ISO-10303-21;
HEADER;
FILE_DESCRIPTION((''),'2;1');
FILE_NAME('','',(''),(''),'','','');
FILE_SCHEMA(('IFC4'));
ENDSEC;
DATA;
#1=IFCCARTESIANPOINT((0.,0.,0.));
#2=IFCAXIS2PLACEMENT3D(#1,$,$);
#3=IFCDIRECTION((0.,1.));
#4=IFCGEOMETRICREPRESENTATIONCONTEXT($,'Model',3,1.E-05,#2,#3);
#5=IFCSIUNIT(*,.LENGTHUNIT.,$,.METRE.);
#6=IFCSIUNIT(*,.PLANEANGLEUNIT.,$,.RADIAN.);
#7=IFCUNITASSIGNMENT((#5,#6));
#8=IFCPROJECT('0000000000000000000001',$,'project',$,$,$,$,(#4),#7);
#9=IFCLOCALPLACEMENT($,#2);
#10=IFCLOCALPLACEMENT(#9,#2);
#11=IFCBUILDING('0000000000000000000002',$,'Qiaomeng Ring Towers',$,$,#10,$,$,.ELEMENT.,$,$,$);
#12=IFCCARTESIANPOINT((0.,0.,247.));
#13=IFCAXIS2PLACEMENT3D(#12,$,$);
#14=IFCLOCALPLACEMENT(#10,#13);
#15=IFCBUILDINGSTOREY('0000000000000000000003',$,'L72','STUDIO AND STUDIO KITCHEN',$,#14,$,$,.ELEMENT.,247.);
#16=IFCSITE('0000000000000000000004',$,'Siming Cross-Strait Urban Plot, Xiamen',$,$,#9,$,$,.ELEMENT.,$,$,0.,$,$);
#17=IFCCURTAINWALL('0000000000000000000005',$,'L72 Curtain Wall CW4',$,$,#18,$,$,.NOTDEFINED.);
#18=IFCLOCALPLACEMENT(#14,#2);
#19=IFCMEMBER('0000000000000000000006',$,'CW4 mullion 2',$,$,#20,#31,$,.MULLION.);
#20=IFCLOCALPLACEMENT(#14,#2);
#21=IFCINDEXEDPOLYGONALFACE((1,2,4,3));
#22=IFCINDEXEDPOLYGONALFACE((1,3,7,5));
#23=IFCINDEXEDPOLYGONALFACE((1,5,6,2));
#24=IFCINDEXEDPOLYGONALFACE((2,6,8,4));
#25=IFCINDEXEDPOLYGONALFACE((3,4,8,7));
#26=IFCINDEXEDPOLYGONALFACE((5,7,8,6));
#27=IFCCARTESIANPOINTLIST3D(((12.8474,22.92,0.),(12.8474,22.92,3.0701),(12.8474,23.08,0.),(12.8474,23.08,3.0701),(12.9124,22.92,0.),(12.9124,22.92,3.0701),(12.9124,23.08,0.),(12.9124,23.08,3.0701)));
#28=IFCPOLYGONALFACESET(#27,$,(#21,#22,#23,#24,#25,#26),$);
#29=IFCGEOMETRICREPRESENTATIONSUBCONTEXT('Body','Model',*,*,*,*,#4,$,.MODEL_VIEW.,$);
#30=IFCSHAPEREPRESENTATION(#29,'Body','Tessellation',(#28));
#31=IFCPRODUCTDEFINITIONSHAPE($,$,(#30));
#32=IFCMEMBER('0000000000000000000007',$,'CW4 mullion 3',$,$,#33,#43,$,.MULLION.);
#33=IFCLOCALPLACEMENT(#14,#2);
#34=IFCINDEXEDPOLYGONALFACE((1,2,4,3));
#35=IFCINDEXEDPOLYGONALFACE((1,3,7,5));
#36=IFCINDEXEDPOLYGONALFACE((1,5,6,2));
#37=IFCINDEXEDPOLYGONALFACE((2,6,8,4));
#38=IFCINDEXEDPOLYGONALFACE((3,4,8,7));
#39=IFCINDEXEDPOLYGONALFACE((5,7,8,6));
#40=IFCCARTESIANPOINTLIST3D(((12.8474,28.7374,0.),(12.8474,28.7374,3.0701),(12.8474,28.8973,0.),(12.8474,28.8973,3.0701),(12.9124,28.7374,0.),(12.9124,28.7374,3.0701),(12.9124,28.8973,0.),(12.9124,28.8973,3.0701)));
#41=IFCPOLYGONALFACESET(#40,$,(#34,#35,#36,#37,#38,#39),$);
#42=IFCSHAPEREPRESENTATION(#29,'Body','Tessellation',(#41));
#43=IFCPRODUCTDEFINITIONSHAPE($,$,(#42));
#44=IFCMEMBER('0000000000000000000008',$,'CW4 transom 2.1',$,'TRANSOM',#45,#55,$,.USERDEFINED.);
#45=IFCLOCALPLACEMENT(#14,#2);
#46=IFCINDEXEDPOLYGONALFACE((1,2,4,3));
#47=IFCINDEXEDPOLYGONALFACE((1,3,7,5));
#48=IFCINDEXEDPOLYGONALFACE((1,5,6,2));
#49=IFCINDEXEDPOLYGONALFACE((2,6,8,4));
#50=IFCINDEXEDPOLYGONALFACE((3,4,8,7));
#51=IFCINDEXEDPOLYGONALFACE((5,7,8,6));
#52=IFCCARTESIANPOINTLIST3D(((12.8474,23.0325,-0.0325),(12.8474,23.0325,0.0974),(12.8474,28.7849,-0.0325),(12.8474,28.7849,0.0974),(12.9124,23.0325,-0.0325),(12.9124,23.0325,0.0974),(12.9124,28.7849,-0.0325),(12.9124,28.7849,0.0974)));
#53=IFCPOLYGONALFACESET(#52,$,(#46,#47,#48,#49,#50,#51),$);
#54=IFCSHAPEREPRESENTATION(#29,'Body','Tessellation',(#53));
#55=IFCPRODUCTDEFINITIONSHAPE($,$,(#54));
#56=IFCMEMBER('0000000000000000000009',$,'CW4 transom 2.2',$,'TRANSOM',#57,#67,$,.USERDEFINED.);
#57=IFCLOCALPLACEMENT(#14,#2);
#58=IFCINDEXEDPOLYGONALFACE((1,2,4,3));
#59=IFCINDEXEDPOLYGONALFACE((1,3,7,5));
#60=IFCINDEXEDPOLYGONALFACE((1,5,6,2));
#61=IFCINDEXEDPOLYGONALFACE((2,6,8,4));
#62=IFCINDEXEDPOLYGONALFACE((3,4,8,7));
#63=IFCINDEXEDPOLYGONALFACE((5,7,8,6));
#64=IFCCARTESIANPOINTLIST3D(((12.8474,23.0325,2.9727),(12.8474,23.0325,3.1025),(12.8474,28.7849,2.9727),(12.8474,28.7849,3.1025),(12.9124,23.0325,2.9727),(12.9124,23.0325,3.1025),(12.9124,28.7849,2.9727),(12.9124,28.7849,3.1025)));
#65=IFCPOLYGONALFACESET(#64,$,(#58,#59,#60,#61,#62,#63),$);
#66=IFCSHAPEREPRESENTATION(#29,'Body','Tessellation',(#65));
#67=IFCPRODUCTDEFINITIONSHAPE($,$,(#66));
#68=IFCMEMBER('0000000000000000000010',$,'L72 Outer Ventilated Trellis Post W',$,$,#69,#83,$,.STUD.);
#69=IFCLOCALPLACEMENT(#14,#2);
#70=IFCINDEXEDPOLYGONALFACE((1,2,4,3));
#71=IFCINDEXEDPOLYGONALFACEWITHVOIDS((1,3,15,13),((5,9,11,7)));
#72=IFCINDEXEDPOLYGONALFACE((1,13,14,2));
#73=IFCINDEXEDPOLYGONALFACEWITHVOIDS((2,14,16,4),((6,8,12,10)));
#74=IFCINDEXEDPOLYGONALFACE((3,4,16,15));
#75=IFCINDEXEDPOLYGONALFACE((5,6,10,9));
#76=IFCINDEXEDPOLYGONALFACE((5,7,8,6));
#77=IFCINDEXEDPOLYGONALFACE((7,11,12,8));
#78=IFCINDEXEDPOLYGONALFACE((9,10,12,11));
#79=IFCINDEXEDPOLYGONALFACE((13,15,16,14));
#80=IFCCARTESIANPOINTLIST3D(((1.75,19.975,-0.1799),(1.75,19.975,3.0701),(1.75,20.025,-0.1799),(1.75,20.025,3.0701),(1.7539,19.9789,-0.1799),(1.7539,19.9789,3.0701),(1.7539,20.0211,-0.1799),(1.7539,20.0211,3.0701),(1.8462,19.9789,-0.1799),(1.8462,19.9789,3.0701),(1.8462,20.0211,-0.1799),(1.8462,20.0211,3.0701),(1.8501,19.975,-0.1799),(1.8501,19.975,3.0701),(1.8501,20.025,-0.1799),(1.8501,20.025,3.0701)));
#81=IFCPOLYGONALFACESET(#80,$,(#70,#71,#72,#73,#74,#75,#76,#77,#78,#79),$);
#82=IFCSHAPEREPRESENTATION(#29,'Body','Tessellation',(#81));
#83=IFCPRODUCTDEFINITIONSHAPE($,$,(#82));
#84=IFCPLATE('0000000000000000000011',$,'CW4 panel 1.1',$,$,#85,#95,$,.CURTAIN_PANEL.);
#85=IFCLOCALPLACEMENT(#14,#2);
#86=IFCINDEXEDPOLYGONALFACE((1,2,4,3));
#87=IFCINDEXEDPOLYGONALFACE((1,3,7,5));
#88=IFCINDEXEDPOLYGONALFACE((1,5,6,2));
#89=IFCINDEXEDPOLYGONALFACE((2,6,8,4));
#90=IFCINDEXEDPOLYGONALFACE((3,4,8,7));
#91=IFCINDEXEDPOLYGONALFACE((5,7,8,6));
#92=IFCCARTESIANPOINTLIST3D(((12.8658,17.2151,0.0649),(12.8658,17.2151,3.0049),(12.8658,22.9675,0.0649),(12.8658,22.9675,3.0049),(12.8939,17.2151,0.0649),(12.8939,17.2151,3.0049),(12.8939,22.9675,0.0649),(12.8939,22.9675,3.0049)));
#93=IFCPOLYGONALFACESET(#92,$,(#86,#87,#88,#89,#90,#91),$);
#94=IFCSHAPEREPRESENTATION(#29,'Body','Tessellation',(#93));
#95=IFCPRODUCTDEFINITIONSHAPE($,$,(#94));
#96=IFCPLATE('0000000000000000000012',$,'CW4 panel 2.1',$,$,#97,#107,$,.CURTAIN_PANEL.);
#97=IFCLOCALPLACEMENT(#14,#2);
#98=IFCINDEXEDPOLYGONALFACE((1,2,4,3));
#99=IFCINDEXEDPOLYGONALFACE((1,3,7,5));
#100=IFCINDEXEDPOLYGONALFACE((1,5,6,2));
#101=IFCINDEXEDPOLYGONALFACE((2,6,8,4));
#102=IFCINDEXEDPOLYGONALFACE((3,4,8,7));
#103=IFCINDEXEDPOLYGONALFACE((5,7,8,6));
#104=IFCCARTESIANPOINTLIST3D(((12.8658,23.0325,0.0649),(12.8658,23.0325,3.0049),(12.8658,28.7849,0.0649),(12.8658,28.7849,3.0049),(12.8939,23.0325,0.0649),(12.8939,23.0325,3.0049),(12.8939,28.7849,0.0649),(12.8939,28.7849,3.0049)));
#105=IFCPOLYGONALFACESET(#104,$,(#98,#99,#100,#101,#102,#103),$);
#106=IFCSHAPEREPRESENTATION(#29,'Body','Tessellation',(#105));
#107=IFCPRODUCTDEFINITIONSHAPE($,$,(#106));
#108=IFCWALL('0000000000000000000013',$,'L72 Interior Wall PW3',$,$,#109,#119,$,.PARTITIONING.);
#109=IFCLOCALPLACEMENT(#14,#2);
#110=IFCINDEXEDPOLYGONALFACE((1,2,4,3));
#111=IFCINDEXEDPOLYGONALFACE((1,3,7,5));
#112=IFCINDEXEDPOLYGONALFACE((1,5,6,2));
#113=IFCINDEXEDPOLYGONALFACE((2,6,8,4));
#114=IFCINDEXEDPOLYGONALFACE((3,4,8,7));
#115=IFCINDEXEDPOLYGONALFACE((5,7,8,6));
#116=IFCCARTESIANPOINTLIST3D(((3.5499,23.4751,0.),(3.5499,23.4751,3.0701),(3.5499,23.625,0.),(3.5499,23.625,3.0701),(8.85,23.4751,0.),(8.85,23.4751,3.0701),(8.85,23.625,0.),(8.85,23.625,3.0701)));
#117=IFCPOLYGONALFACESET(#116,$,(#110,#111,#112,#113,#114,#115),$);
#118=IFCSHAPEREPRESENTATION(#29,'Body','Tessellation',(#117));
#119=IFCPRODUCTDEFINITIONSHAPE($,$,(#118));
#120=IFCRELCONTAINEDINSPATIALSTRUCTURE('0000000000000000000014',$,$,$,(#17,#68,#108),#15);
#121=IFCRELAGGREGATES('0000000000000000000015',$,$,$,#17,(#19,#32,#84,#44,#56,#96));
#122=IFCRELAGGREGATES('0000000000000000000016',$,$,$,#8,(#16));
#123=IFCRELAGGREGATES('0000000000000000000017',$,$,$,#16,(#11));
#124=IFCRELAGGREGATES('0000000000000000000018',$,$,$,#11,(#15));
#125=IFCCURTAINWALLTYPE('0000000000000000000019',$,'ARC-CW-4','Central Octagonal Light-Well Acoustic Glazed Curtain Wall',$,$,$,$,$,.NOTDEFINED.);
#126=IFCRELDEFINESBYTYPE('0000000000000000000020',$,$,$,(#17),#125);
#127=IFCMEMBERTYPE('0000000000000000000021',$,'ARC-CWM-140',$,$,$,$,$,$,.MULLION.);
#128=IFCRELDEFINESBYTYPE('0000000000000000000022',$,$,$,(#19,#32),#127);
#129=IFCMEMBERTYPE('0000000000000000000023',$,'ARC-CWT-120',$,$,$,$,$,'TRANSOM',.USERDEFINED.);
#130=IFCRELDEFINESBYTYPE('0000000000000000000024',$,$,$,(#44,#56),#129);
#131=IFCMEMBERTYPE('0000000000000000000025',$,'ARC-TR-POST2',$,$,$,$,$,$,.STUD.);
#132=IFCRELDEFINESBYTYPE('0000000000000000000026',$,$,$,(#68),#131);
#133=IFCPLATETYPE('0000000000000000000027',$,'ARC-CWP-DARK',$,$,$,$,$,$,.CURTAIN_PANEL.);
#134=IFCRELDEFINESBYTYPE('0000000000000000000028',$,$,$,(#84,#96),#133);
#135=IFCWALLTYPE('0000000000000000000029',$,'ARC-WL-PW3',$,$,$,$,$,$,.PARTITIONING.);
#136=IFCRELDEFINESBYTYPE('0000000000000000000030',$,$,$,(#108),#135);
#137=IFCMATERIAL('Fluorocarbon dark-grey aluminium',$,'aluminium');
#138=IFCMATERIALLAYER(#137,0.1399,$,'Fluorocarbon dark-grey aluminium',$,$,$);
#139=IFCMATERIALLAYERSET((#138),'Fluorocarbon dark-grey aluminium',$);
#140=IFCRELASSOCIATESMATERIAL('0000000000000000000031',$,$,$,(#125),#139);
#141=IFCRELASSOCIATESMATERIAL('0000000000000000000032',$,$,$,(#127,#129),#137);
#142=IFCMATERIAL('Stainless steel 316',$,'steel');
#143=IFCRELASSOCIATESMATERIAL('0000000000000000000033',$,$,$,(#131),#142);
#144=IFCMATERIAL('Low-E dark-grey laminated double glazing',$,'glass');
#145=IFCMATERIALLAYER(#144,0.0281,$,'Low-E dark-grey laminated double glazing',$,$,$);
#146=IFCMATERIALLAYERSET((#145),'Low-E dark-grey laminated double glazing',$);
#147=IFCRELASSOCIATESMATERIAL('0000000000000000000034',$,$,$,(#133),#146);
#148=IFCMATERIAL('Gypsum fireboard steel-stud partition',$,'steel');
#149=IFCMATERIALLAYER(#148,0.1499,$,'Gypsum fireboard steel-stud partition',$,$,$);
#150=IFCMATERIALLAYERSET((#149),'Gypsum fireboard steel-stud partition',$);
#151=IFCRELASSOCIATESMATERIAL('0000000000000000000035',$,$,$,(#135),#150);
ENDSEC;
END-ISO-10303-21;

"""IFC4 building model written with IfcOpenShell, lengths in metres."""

from ifc_helpers import new_model, si_unit, direction, frame, frame_2d, origin, origin_2d, place, context, subcontext, project, spatial, rectangle, hollow_rectangle, extrude, source, transform, mapped, material, layer, layer_set, material_profile, profile_set, type_object, element, aggregate, save


model = new_model("IFC4")

# Units and contexts
model_context = context("Model", 3, precision=1e-05, world=origin(), true_north=direction((0.0, 1.0)))
body_context = subcontext(model_context, "Body", "Model", "MODEL_VIEW")
ifc_project = project(units=[si_unit("LENGTHUNIT", "METRE"), si_unit("PLANEANGLEUNIT", "RADIAN")], contexts=[model_context])

# Site, building, storey
site_placement = place(None, origin())
site = spatial("IfcSite", under=ifc_project, at=site_placement, Name="Siming Cross-Strait Urban Plot, Xiamen", CompositionType="ELEMENT", RefElevation=0.0)
building_placement = place(site_placement, origin())
building = spatial("IfcBuilding", under=site, at=building_placement, Name="Qiaomeng Ring Towers", CompositionType="ELEMENT")
storey_placement = place(building_placement, frame((0.0, 0.0, 247.0)))
storey = spatial("IfcBuildingStorey", under=building, at=storey_placement, Name="L72", Description="STUDIO AND STUDIO KITCHEN", CompositionType="ELEMENT", Elevation=247.0)

# Curtain wall, members
ifc_material_1 = material(Name="Fluorocarbon dark-grey aluminium", Category="aluminium")
ifc_layer_1 = layer(ifc_material_1, 0.1399, Name="Fluorocarbon dark-grey aluminium")
ifc_layer_set_1 = layer_set([ifc_layer_1], Name="Fluorocarbon dark-grey aluminium")
curtain_wall_type = type_object("IfcCurtainWallType", Name="ARC-CW-4", Description="Central Octagonal Light-Well Acoustic Glazed Curtain Wall", PredefinedType="NOTDEFINED", material=ifc_layer_set_1)
curtain_wall_placement = place(storey_placement, origin())
curtain_wall = element("IfcCurtainWall", 1, at=curtain_wall_placement, inside=storey, type_object=curtain_wall_type, Name="L72 Curtain Wall CW4", PredefinedType="NOTDEFINED")
ifc_material_profile_1 = material_profile(ifc_material_1, rectangle(XDim=0.0649, YDim=0.1599, at=origin_2d()), Name="ALU MULL 65x160")
ifc_profile_set_1 = profile_set([ifc_material_profile_1], Name="Fluorocarbon dark-grey aluminium")
member_type_1 = type_object("IfcMemberType", Name="ARC-CWM-140", PredefinedType="MULLION", material=ifc_profile_set_1)
shared_shape_1 = source(origin(), body_context, "Body", "SweptSolid", [
    extrude(rectangle(XDim=0.0649, YDim=0.1599, at=origin_2d()), origin(), (0.0, 0.0, 1.0), 3.0701),
])
member_1_placement = place(storey_placement, frame((12.8799, 23.0, 0.0), z_axis=(0.0, 0.0, 1.0), x_axis=(-1.0, 0.0, 0.0)))
member_1 = element("IfcMember", 2, at=member_1_placement, type_object=member_type_1, Name="CW4 mullion 2", PredefinedType="MULLION", context=body_context, shape_type="MappedRepresentation", body=[
    mapped(shared_shape_1, transform((0.0, 0.0, 0.0), x_axis=(1.0, 0.0, 0.0), y_axis=(0.0, 1.0, 0.0), z_axis=(0.0, 0.0, 1.0), scale=1.0)),
])
member_2_placement = place(storey_placement, frame((12.8799, 28.8174, 0.0), z_axis=(0.0, 0.0, 1.0), x_axis=(-1.0, 0.0, 0.0)))
member_2 = element("IfcMember", 3, at=member_2_placement, type_object=member_type_1, Name="CW4 mullion 3", PredefinedType="MULLION", context=body_context, shape_type="MappedRepresentation", body=[
    mapped(shared_shape_1, transform((0.0, 0.0, 0.0), x_axis=(1.0, 0.0, 0.0), y_axis=(0.0, 1.0, 0.0), z_axis=(0.0, 0.0, 1.0), scale=1.0)),
])
ifc_material_profile_2 = material_profile(ifc_material_1, rectangle(XDim=0.0649, YDim=0.1299, at=origin_2d()), Name="ALU TRAN 65x130")
ifc_profile_set_2 = profile_set([ifc_material_profile_2], Name="Fluorocarbon dark-grey aluminium")
member_type_2 = type_object("IfcMemberType", Name="ARC-CWT-120", ElementType="TRANSOM", PredefinedType="USERDEFINED", material=ifc_profile_set_2)
shared_shape_2 = source(origin(), body_context, "Body", "SweptSolid", [
    extrude(rectangle(XDim=0.0649, YDim=0.1299, at=origin_2d()), origin(), (0.0, 0.0, 1.0), 5.7524),
])
member_3_placement = place(storey_placement, frame((12.8799, 23.0325, 0.0325), z_axis=(0.0, 1.0, 0.0), x_axis=(-1.0, 0.0, 0.0)))
member_3 = element("IfcMember", 4, at=member_3_placement, type_object=member_type_2, Name="CW4 transom 2.1", ObjectType="TRANSOM", PredefinedType="USERDEFINED", context=body_context, shape_type="MappedRepresentation", body=[
    mapped(shared_shape_2, transform((0.0, 0.0, 0.0), x_axis=(1.0, 0.0, 0.0), y_axis=(0.0, 1.0, 0.0), z_axis=(0.0, 0.0, 1.0), scale=1.0)),
])
member_4_placement = place(storey_placement, frame((12.8799, 23.0325, 3.0376), z_axis=(0.0, 1.0, 0.0), x_axis=(-1.0, 0.0, 0.0)))
member_4 = element("IfcMember", 5, at=member_4_placement, type_object=member_type_2, Name="CW4 transom 2.2", ObjectType="TRANSOM", PredefinedType="USERDEFINED", context=body_context, shape_type="MappedRepresentation", body=[
    mapped(shared_shape_2, transform((0.0, 0.0, 0.0), x_axis=(1.0, 0.0, 0.0), y_axis=(0.0, 1.0, 0.0), z_axis=(0.0, 0.0, 1.0), scale=1.0)),
])

# Member
ifc_material_2 = material(Name="Stainless steel 316", Category="steel")
ifc_material_profile_3 = material_profile(ifc_material_2, hollow_rectangle(XDim=0.05, YDim=0.1001, WallThickness=0.0039, at=origin_2d()), Name="SS TRELLIS 100x50")
ifc_profile_set_3 = profile_set([ifc_material_profile_3], Name="Stainless steel 316")
member_type_3 = type_object("IfcMemberType", Name="ARC-TR-POST2", PredefinedType="STUD", material=ifc_profile_set_3)
shared_shape_3 = source(origin(), body_context, "Body", "SweptSolid", [
    extrude(hollow_rectangle(XDim=0.05, YDim=0.1001, WallThickness=0.0039, at=origin_2d()), origin(), (0.0, 0.0, 1.0), 3.25),
])
member_5_placement = place(storey_placement, frame((1.8, 20.0, -0.1799), z_axis=(0.0, 0.0, 1.0), x_axis=(0.0, 1.0, 0.0)))
element("IfcMember", 6, at=member_5_placement, inside=storey, type_object=member_type_3, Name="L72 Outer Ventilated Trellis Post W", PredefinedType="STUD", context=body_context, shape_type="MappedRepresentation", body=[
    mapped(shared_shape_3, transform((0.0, 0.0, 0.0), x_axis=(1.0, 0.0, 0.0), y_axis=(0.0, 1.0, 0.0), z_axis=(0.0, 0.0, 1.0), scale=1.0)),
])

# Plates
ifc_material_3 = material(Name="Low-E dark-grey laminated double glazing", Category="glass")
ifc_layer_2 = layer(ifc_material_3, 0.0281, Name="Low-E dark-grey laminated double glazing")
ifc_layer_set_2 = layer_set([ifc_layer_2], Name="Low-E dark-grey laminated double glazing")
plate_type = type_object("IfcPlateType", Name="ARC-CWP-DARK", PredefinedType="CURTAIN_PANEL", material=ifc_layer_set_2)
shared_shape_4 = source(origin(), body_context, "Body", "SweptSolid", [
    extrude(rectangle(XDim=5.7524, YDim=0.0281, at=origin_2d()), origin(), (0.0, 0.0, 1.0), 2.9399),
])
plate_1_placement = place(storey_placement, frame((12.8799, 20.0913, 0.0649), z_axis=(0.0, 0.0, 1.0), x_axis=(0.0, 1.0, 0.0)))
plate_1 = element("IfcPlate", 7, at=plate_1_placement, type_object=plate_type, Name="CW4 panel 1.1", PredefinedType="CURTAIN_PANEL", context=body_context, shape_type="MappedRepresentation", body=[
    mapped(shared_shape_4, transform((0.0, 0.0, 0.0), x_axis=(1.0, 0.0, 0.0), y_axis=(0.0, 1.0, 0.0), z_axis=(0.0, 0.0, 1.0), scale=1.0)),
])
plate_2_placement = place(storey_placement, frame((12.8799, 25.9087, 0.0649), z_axis=(0.0, 0.0, 1.0), x_axis=(0.0, 1.0, 0.0)))
plate_2 = element("IfcPlate", 8, at=plate_2_placement, type_object=plate_type, Name="CW4 panel 2.1", PredefinedType="CURTAIN_PANEL", context=body_context, shape_type="MappedRepresentation", body=[
    mapped(shared_shape_4, transform((0.0, 0.0, 0.0), x_axis=(1.0, 0.0, 0.0), y_axis=(0.0, 1.0, 0.0), z_axis=(0.0, 0.0, 1.0), scale=1.0)),
])
aggregate(curtain_wall, [member_1, member_2, plate_1, member_3, member_4, plate_2])

# Wall
ifc_material_4 = material(Name="Gypsum fireboard steel-stud partition", Category="steel")
ifc_layer_3 = layer(ifc_material_4, 0.1499, Name="Gypsum fireboard steel-stud partition")
ifc_layer_set_3 = layer_set([ifc_layer_3], Name="Gypsum fireboard steel-stud partition")
wall_type_1 = type_object("IfcWallType", Name="ARC-WL-PW3", PredefinedType="PARTITIONING", material=ifc_layer_set_3)
wall_1_placement = place(storey_placement, frame((3.55, 23.55, 0.0), z_axis=(0.0, 0.0, 1.0), x_axis=(1.0, 0.0, 0.0)))
element("IfcWall", 9, at=wall_1_placement, inside=storey, type_object=wall_type_1, Name="L72 Interior Wall PW3", PredefinedType="PARTITIONING", context=body_context, shape_type="SweptSolid", body=[
    extrude(rectangle(XDim=5.3, YDim=0.1499, at=frame_2d((2.6499, 0.0))), origin(), (0.0, 0.0, 1.0), 3.0701),
])

save(model, "model.ifc")
